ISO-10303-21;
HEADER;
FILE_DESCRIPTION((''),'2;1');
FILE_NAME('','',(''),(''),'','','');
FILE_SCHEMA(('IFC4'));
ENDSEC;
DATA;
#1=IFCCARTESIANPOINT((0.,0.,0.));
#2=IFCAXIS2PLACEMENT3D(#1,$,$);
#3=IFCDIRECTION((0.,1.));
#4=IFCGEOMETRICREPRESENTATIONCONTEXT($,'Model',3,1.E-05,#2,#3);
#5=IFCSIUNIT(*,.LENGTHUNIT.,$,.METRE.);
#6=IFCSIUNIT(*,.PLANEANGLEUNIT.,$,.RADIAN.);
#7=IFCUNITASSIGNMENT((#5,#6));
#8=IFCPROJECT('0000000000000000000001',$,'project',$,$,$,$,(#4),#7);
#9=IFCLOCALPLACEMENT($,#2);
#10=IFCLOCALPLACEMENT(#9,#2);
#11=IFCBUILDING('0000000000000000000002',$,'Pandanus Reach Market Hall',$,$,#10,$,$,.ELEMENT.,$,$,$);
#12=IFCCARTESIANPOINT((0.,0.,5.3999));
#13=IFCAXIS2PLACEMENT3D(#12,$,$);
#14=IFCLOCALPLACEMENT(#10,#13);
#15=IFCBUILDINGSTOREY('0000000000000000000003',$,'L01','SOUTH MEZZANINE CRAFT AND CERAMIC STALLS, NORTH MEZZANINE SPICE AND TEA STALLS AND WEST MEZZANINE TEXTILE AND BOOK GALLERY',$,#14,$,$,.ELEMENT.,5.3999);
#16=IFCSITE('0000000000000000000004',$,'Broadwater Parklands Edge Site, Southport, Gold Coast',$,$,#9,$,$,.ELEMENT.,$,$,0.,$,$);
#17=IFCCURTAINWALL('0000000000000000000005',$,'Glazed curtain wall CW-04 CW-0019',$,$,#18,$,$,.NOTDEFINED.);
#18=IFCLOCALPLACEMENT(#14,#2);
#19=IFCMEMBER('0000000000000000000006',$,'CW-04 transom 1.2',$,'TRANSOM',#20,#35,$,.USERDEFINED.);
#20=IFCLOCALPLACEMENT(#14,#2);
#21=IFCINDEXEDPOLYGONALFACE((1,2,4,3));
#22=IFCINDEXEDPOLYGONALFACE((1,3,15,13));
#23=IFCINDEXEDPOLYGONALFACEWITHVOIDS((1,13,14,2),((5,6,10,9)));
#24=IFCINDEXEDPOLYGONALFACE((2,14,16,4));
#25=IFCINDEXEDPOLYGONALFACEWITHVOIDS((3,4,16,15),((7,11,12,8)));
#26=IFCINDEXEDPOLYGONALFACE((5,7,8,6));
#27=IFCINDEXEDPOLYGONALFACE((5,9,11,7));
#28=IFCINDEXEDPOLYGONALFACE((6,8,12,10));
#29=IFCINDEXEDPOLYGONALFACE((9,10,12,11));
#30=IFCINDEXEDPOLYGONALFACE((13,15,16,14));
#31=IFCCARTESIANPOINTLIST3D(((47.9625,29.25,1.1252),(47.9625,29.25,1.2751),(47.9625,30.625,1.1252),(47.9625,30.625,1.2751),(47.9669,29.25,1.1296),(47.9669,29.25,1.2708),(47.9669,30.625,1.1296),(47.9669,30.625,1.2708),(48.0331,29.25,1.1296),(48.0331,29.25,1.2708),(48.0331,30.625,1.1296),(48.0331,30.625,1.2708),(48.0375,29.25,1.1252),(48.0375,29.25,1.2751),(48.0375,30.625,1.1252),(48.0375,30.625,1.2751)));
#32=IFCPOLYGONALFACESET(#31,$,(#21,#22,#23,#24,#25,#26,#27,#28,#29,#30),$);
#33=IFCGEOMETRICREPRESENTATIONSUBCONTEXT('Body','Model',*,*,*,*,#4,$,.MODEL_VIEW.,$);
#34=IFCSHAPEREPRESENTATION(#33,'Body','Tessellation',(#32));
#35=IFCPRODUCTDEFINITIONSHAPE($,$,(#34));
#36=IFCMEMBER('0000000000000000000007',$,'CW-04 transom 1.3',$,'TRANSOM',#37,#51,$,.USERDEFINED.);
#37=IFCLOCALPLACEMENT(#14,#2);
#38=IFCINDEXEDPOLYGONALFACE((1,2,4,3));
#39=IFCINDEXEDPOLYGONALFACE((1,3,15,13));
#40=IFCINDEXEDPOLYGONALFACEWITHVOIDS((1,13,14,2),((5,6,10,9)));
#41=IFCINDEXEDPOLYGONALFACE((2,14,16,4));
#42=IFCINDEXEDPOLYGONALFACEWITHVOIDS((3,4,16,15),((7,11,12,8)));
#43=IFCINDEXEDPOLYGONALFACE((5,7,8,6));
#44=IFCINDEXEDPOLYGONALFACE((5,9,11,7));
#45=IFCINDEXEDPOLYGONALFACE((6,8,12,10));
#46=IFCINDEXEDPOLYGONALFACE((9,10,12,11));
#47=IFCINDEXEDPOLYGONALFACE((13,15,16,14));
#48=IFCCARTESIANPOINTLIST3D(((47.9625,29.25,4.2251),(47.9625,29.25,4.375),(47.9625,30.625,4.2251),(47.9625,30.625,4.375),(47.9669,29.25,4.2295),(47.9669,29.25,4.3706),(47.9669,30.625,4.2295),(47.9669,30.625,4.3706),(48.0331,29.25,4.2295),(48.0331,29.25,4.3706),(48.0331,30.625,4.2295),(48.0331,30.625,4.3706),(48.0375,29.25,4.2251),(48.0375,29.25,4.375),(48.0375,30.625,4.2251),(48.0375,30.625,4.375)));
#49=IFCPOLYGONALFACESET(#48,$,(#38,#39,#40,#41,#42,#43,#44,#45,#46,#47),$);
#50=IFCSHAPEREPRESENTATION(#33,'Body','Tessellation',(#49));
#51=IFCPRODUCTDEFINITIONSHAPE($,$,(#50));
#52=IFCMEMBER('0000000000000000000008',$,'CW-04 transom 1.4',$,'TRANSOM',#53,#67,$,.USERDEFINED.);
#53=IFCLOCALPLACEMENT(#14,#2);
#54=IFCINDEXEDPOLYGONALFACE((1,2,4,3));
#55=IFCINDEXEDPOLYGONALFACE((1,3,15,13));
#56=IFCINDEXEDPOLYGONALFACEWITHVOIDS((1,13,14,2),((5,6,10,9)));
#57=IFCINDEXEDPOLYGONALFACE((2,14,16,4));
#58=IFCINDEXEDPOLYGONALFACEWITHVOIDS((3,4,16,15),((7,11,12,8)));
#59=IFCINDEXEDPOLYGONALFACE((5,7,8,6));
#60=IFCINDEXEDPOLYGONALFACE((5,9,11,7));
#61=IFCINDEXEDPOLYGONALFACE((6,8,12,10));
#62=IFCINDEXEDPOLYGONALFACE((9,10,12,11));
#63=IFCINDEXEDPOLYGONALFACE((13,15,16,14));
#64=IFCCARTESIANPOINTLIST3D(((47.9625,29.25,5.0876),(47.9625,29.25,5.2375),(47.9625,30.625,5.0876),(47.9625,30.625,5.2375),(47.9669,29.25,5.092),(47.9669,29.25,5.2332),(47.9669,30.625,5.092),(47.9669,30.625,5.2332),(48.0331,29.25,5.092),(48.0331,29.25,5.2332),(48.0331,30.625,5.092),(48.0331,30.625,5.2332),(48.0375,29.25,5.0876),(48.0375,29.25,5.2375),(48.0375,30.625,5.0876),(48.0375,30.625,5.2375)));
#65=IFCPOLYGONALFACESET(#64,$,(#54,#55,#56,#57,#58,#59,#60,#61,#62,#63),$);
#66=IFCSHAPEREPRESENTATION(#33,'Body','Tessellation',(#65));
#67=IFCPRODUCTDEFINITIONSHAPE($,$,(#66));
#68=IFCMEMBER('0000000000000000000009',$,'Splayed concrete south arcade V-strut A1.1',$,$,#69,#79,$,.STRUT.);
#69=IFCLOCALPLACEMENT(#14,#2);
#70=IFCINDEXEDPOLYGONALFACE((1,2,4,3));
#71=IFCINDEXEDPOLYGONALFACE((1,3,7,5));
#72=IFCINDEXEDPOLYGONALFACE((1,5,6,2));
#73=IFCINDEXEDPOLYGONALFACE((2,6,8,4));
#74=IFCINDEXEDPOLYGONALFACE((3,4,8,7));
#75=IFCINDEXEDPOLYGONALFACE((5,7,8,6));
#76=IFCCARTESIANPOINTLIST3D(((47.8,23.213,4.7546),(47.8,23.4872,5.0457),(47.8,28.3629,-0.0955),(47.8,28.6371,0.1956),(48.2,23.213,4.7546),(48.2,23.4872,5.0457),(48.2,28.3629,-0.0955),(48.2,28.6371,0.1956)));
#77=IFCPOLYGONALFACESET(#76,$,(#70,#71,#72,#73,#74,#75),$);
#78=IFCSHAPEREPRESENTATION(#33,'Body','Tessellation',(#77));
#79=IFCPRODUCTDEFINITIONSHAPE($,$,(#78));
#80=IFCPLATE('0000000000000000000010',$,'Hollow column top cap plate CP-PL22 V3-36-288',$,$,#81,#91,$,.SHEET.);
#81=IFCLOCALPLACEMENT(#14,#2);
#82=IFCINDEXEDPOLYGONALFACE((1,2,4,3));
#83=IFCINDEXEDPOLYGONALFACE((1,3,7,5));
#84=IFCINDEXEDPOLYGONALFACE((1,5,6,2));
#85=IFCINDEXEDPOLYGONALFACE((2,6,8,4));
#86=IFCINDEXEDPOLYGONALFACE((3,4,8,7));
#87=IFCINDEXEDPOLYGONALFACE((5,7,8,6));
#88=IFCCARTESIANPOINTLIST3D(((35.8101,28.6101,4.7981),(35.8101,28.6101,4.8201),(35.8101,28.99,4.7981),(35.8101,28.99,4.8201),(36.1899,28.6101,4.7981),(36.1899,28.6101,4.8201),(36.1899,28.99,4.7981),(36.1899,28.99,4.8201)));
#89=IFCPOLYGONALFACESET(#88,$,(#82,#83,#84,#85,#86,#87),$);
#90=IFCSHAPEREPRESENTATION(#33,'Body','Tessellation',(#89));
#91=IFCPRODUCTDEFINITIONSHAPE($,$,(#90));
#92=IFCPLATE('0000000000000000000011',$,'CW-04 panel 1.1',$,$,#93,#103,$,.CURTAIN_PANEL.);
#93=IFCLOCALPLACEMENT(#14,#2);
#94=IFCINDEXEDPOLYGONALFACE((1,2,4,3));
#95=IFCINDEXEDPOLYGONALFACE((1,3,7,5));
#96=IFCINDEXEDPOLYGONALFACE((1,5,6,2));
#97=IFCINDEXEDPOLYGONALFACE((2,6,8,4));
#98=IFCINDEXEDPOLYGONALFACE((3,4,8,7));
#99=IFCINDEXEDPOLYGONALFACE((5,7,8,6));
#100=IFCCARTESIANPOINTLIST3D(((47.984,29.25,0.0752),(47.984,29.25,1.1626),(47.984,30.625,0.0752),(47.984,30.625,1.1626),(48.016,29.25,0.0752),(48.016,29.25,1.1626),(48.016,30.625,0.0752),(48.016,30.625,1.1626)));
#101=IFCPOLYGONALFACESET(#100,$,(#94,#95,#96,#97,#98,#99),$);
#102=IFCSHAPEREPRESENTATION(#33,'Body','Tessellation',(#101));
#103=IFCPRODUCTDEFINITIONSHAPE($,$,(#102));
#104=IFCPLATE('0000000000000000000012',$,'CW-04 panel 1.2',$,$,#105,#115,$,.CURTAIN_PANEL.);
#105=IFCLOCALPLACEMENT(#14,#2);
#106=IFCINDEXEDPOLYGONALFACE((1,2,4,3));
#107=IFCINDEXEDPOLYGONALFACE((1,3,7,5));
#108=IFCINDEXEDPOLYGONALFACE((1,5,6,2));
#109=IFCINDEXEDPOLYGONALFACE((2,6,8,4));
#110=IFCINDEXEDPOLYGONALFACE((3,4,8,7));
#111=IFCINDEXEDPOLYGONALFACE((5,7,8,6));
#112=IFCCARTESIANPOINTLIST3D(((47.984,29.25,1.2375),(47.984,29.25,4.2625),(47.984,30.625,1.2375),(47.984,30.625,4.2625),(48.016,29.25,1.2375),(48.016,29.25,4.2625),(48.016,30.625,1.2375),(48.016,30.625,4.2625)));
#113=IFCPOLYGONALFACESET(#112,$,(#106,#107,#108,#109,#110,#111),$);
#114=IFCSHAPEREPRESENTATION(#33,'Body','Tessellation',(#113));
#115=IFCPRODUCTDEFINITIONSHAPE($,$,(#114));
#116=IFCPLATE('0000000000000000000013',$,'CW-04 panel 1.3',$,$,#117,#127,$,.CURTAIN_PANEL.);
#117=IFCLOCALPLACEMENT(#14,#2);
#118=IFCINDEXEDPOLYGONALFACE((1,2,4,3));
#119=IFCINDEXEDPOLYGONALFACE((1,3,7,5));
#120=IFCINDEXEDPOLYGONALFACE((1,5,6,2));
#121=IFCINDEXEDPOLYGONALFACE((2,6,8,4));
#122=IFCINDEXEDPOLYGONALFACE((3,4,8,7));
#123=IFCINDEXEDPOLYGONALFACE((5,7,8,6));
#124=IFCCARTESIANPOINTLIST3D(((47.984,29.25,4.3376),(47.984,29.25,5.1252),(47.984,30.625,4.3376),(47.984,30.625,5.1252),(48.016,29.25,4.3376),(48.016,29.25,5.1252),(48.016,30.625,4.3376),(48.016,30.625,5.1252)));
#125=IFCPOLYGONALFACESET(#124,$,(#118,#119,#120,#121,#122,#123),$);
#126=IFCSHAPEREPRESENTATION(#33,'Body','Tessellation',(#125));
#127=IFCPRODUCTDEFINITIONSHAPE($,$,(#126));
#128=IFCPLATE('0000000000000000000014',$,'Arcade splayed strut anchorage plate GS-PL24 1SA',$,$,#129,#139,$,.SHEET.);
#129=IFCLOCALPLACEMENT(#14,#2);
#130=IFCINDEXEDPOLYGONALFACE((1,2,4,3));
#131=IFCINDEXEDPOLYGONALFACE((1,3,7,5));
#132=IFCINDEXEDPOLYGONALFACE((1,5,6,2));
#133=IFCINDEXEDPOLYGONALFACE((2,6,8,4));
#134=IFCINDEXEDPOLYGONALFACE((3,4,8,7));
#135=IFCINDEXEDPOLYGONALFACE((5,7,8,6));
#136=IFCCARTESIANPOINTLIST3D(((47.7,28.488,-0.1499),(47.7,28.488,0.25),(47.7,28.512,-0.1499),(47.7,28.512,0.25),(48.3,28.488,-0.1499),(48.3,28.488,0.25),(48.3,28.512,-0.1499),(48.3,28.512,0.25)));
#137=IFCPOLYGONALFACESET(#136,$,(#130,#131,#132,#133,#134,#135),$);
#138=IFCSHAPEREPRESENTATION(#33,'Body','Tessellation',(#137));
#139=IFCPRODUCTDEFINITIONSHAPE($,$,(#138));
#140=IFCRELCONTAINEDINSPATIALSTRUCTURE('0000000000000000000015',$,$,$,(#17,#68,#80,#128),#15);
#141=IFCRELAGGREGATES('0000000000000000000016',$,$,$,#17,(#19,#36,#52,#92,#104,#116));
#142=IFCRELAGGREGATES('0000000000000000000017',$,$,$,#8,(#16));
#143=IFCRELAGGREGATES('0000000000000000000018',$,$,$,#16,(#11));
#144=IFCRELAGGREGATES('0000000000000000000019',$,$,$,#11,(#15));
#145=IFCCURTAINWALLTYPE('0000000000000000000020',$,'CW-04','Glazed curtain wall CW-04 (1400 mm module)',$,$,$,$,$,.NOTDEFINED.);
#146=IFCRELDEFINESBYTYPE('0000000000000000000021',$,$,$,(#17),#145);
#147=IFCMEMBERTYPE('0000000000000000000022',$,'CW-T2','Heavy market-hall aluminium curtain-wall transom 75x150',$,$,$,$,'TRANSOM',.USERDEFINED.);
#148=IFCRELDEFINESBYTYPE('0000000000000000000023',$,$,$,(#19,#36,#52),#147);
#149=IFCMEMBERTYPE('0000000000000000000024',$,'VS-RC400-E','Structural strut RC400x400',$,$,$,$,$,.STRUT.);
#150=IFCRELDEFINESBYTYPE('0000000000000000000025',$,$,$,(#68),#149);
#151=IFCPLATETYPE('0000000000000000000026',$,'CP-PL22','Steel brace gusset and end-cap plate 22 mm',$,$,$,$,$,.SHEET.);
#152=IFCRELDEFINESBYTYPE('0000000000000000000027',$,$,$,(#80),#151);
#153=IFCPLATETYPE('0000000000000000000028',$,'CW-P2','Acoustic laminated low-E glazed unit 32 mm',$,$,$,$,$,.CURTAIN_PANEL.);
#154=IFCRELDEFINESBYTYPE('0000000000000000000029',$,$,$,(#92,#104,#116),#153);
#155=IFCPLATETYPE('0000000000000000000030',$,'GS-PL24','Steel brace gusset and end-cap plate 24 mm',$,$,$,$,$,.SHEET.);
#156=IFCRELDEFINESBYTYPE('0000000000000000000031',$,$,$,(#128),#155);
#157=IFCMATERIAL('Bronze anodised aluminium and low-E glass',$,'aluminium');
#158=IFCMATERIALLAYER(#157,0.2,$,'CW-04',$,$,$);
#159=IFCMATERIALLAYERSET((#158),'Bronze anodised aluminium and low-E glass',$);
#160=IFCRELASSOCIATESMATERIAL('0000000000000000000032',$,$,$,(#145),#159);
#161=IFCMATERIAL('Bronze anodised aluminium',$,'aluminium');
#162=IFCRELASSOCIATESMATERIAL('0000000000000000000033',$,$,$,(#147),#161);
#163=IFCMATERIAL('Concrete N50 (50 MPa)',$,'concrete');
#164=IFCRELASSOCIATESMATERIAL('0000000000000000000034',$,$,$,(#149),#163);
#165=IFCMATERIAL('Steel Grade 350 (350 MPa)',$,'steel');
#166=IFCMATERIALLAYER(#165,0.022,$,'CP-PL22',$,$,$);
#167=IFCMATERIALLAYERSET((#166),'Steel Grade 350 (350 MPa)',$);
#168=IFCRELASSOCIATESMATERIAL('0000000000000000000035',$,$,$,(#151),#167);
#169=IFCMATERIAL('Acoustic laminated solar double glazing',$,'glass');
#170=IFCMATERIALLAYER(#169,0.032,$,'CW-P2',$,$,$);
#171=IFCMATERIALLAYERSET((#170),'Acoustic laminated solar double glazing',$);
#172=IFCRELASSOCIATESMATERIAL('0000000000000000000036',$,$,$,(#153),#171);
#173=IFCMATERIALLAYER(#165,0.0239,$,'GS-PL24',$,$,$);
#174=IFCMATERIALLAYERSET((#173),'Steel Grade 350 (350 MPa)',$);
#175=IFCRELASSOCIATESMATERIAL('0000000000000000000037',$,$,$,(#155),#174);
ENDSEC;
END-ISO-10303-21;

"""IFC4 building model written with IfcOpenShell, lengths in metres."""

from ifc_helpers import new_model, si_unit, direction, frame, origin, origin_2d, place, context, subcontext, project, spatial, rectangle, hollow_rectangle, extrude, material, layer, layer_set, material_profile, profile_set, type_object, element, aggregate, save


model = new_model("IFC4")

# Units and contexts
model_context = context("Model", 3, precision=1e-05, world=origin(), true_north=direction((0.0, 1.0)))
body_context = subcontext(model_context, "Body", "Model", "MODEL_VIEW")
ifc_project = project(units=[si_unit("LENGTHUNIT", "METRE"), si_unit("PLANEANGLEUNIT", "RADIAN")], contexts=[model_context])

# Site, building, storey
site_placement = place(None, origin())
site = spatial("IfcSite", under=ifc_project, at=site_placement, Name="Broadwater Parklands Edge Site, Southport, Gold Coast", CompositionType="ELEMENT", RefElevation=0.0)
building_placement = place(site_placement, origin())
building = spatial("IfcBuilding", under=site, at=building_placement, Name="Pandanus Reach Market Hall", CompositionType="ELEMENT")
storey_placement = place(building_placement, frame((0.0, 0.0, 5.3999)))
storey = spatial("IfcBuildingStorey", under=building, at=storey_placement, Name="L01", Description="SOUTH MEZZANINE CRAFT AND CERAMIC STALLS, NORTH MEZZANINE SPICE AND TEA STALLS AND WEST MEZZANINE TEXTILE AND BOOK GALLERY", CompositionType="ELEMENT", Elevation=5.3999)

# Shared definitions
ifc_material_1 = material(Name="Steel Grade 350 (350 MPa)", Category="steel")
ifc_material_2 = material(Name="Concrete N50 (50 MPa)", Category="concrete")

# Shared definitions
ifc_material_3 = material(Name="Bronze anodised aluminium and low-E glass", Category="aluminium")
ifc_material_4 = material(Name="Bronze anodised aluminium", Category="aluminium")

# Curtain wall, members
ifc_layer_1 = layer(ifc_material_3, 0.2, Name="CW-04")
ifc_layer_set_1 = layer_set([ifc_layer_1], Name="Bronze anodised aluminium and low-E glass")
curtain_wall_type_1 = type_object("IfcCurtainWallType", Name="CW-04", Description="Glazed curtain wall CW-04 (1400 mm module)", PredefinedType="NOTDEFINED", material=ifc_layer_set_1)
curtain_wall_1_placement = place(storey_placement, origin())
curtain_wall_1 = element("IfcCurtainWall", 1, at=curtain_wall_1_placement, inside=storey, type_object=curtain_wall_type_1, Name="Glazed curtain wall CW-04 CW-0019", PredefinedType="NOTDEFINED")
ifc_material_profile_1 = material_profile(ifc_material_4, hollow_rectangle(XDim=0.075, YDim=0.1499, WallThickness=0.0044, at=origin_2d()), Name="ALU75x150", Category="LoadBearing")
ifc_profile_set_1 = profile_set([ifc_material_profile_1], Name="Bronze anodised aluminium")
member_type_1 = type_object("IfcMemberType", Name="CW-T2", Description="Heavy market-hall aluminium curtain-wall transom 75x150", ElementType="TRANSOM", PredefinedType="USERDEFINED", material=ifc_profile_set_1)
member_1_placement = place(storey_placement, frame((48.0, 29.25, 1.2002), z_axis=(0.0, 1.0, 0.0), x_axis=(-1.0, 0.0, 0.0)))
member_1 = element("IfcMember", 2, at=member_1_placement, type_object=member_type_1, Name="CW-04 transom 1.2", ObjectType="TRANSOM", PredefinedType="USERDEFINED", context=body_context, shape_type="SweptSolid", body=[
    extrude(hollow_rectangle(XDim=0.075, YDim=0.1499, WallThickness=0.0044, at=origin_2d()), origin(), (0.0, 0.0, 1.0), 1.375),
])
member_2_placement = place(storey_placement, frame((48.0, 29.25, 4.3), z_axis=(0.0, 1.0, 0.0), x_axis=(-1.0, 0.0, 0.0)))
member_2 = element("IfcMember", 3, at=member_2_placement, type_object=member_type_1, Name="CW-04 transom 1.3", ObjectType="TRANSOM", PredefinedType="USERDEFINED", context=body_context, shape_type="SweptSolid", body=[
    extrude(hollow_rectangle(XDim=0.075, YDim=0.1499, WallThickness=0.0044, at=origin_2d()), origin(), (0.0, 0.0, 1.0), 1.375),
])
member_3_placement = place(storey_placement, frame((48.0, 29.25, 5.1626), z_axis=(0.0, 1.0, 0.0), x_axis=(-1.0, 0.0, 0.0)))
member_3 = element("IfcMember", 4, at=member_3_placement, type_object=member_type_1, Name="CW-04 transom 1.4", ObjectType="TRANSOM", PredefinedType="USERDEFINED", context=body_context, shape_type="SweptSolid", body=[
    extrude(hollow_rectangle(XDim=0.075, YDim=0.1499, WallThickness=0.0044, at=origin_2d()), origin(), (0.0, 0.0, 1.0), 1.375),
])

# Member
ifc_material_profile_2 = material_profile(ifc_material_2, rectangle(XDim=0.3999, YDim=0.3999, at=origin_2d()), Name="RC400x400", Category="LoadBearing")
ifc_profile_set_2 = profile_set([ifc_material_profile_2], Name="Concrete N50 (50 MPa)")
member_type_2 = type_object("IfcMemberType", Name="VS-RC400-E", Description="Structural strut RC400x400", PredefinedType="STRUT", material=ifc_profile_set_2)
member_4_placement = place(storey_placement, frame((48.0, 28.5, 0.05), z_axis=(0.0, -0.727979, 0.685599), x_axis=(1.0, 0.0, 0.0)))
element("IfcMember", 5, at=member_4_placement, inside=storey, type_object=member_type_2, Name="Splayed concrete south arcade V-strut A1.1", PredefinedType="STRUT", context=body_context, shape_type="SweptSolid", body=[
    extrude(rectangle(XDim=0.3999, YDim=0.3999, at=origin_2d()), origin(), (0.0, 0.0, 1.0), 7.0742),
])

# Plates
ifc_layer_2 = layer(ifc_material_1, 0.022, Name="CP-PL22")
ifc_layer_set_2 = layer_set([ifc_layer_2], Name="Steel Grade 350 (350 MPa)")
plate_type_1 = type_object("IfcPlateType", Name="CP-PL22", Description="Steel brace gusset and end-cap plate 22 mm", PredefinedType="SHEET", material=ifc_layer_set_2)
plate_1_placement = place(storey_placement, frame((36.0, 28.8, 4.7981), z_axis=(0.0, 0.0, 1.0), x_axis=(1.0, 0.0, 0.0)))
element("IfcPlate", 6, at=plate_1_placement, inside=storey, type_object=plate_type_1, Name="Hollow column top cap plate CP-PL22 V3-36-288", PredefinedType="SHEET", context=body_context, shape_type="SweptSolid", body=[
    extrude(rectangle(XDim=0.3799, YDim=0.3799, at=origin_2d()), origin(), (0.0, 0.0, 1.0), 0.022),
])
ifc_material_5 = material(Name="Acoustic laminated solar double glazing", Category="glass")
ifc_layer_3 = layer(ifc_material_5, 0.032, Name="CW-P2")
ifc_layer_set_3 = layer_set([ifc_layer_3], Name="Acoustic laminated solar double glazing")
plate_type_2 = type_object("IfcPlateType", Name="CW-P2", Description="Acoustic laminated low-E glazed unit 32 mm", PredefinedType="CURTAIN_PANEL", material=ifc_layer_set_3)
plate_2_placement = place(storey_placement, frame((48.0, 29.9375, 0.0752), z_axis=(0.0, 0.0, 1.0), x_axis=(0.0, 1.0, 0.0)))
plate_2 = element("IfcPlate", 7, at=plate_2_placement, type_object=plate_type_2, Name="CW-04 panel 1.1", PredefinedType="CURTAIN_PANEL", context=body_context, shape_type="SweptSolid", body=[
    extrude(rectangle(XDim=1.375, YDim=0.032, at=origin_2d()), origin(), (0.0, 0.0, 1.0), 1.0874),
])
plate_3_placement = place(storey_placement, frame((48.0, 29.9375, 1.2375), z_axis=(0.0, 0.0, 1.0), x_axis=(0.0, 1.0, 0.0)))
plate_3 = element("IfcPlate", 8, at=plate_3_placement, type_object=plate_type_2, Name="CW-04 panel 1.2", PredefinedType="CURTAIN_PANEL", context=body_context, shape_type="SweptSolid", body=[
    extrude(rectangle(XDim=1.375, YDim=0.032, at=origin_2d()), origin(), (0.0, 0.0, 1.0), 3.0249),
])
plate_4_placement = place(storey_placement, frame((48.0, 29.9375, 4.3376), z_axis=(0.0, 0.0, 1.0), x_axis=(0.0, 1.0, 0.0)))
plate_4 = element("IfcPlate", 9, at=plate_4_placement, type_object=plate_type_2, Name="CW-04 panel 1.3", PredefinedType="CURTAIN_PANEL", context=body_context, shape_type="SweptSolid", body=[
    extrude(rectangle(XDim=1.375, YDim=0.032, at=origin_2d()), origin(), (0.0, 0.0, 1.0), 0.7876),
])
aggregate(curtain_wall_1, [member_1, member_2, member_3, plate_2, plate_3, plate_4])
ifc_layer_4 = layer(ifc_material_1, 0.0239, Name="GS-PL24")
ifc_layer_set_4 = layer_set([ifc_layer_4], Name="Steel Grade 350 (350 MPa)")
plate_type_3 = type_object("IfcPlateType", Name="GS-PL24", Description="Steel brace gusset and end-cap plate 24 mm", PredefinedType="SHEET", material=ifc_layer_set_4)
plate_5_placement = place(storey_placement, frame((48.0, 28.5, -0.1499), z_axis=(0.0, 0.0, 1.0), x_axis=(1.0, 0.0, 0.0)))
element("IfcPlate", 10, at=plate_5_placement, inside=storey, type_object=plate_type_3, Name="Arcade splayed strut anchorage plate GS-PL24 1SA", PredefinedType="SHEET", context=body_context, shape_type="SweptSolid", body=[
    extrude(rectangle(XDim=0.6001, YDim=0.0239, at=origin_2d()), origin(), (0.0, 0.0, 1.0), 0.3999),
])

save(model, "model.ifc")
